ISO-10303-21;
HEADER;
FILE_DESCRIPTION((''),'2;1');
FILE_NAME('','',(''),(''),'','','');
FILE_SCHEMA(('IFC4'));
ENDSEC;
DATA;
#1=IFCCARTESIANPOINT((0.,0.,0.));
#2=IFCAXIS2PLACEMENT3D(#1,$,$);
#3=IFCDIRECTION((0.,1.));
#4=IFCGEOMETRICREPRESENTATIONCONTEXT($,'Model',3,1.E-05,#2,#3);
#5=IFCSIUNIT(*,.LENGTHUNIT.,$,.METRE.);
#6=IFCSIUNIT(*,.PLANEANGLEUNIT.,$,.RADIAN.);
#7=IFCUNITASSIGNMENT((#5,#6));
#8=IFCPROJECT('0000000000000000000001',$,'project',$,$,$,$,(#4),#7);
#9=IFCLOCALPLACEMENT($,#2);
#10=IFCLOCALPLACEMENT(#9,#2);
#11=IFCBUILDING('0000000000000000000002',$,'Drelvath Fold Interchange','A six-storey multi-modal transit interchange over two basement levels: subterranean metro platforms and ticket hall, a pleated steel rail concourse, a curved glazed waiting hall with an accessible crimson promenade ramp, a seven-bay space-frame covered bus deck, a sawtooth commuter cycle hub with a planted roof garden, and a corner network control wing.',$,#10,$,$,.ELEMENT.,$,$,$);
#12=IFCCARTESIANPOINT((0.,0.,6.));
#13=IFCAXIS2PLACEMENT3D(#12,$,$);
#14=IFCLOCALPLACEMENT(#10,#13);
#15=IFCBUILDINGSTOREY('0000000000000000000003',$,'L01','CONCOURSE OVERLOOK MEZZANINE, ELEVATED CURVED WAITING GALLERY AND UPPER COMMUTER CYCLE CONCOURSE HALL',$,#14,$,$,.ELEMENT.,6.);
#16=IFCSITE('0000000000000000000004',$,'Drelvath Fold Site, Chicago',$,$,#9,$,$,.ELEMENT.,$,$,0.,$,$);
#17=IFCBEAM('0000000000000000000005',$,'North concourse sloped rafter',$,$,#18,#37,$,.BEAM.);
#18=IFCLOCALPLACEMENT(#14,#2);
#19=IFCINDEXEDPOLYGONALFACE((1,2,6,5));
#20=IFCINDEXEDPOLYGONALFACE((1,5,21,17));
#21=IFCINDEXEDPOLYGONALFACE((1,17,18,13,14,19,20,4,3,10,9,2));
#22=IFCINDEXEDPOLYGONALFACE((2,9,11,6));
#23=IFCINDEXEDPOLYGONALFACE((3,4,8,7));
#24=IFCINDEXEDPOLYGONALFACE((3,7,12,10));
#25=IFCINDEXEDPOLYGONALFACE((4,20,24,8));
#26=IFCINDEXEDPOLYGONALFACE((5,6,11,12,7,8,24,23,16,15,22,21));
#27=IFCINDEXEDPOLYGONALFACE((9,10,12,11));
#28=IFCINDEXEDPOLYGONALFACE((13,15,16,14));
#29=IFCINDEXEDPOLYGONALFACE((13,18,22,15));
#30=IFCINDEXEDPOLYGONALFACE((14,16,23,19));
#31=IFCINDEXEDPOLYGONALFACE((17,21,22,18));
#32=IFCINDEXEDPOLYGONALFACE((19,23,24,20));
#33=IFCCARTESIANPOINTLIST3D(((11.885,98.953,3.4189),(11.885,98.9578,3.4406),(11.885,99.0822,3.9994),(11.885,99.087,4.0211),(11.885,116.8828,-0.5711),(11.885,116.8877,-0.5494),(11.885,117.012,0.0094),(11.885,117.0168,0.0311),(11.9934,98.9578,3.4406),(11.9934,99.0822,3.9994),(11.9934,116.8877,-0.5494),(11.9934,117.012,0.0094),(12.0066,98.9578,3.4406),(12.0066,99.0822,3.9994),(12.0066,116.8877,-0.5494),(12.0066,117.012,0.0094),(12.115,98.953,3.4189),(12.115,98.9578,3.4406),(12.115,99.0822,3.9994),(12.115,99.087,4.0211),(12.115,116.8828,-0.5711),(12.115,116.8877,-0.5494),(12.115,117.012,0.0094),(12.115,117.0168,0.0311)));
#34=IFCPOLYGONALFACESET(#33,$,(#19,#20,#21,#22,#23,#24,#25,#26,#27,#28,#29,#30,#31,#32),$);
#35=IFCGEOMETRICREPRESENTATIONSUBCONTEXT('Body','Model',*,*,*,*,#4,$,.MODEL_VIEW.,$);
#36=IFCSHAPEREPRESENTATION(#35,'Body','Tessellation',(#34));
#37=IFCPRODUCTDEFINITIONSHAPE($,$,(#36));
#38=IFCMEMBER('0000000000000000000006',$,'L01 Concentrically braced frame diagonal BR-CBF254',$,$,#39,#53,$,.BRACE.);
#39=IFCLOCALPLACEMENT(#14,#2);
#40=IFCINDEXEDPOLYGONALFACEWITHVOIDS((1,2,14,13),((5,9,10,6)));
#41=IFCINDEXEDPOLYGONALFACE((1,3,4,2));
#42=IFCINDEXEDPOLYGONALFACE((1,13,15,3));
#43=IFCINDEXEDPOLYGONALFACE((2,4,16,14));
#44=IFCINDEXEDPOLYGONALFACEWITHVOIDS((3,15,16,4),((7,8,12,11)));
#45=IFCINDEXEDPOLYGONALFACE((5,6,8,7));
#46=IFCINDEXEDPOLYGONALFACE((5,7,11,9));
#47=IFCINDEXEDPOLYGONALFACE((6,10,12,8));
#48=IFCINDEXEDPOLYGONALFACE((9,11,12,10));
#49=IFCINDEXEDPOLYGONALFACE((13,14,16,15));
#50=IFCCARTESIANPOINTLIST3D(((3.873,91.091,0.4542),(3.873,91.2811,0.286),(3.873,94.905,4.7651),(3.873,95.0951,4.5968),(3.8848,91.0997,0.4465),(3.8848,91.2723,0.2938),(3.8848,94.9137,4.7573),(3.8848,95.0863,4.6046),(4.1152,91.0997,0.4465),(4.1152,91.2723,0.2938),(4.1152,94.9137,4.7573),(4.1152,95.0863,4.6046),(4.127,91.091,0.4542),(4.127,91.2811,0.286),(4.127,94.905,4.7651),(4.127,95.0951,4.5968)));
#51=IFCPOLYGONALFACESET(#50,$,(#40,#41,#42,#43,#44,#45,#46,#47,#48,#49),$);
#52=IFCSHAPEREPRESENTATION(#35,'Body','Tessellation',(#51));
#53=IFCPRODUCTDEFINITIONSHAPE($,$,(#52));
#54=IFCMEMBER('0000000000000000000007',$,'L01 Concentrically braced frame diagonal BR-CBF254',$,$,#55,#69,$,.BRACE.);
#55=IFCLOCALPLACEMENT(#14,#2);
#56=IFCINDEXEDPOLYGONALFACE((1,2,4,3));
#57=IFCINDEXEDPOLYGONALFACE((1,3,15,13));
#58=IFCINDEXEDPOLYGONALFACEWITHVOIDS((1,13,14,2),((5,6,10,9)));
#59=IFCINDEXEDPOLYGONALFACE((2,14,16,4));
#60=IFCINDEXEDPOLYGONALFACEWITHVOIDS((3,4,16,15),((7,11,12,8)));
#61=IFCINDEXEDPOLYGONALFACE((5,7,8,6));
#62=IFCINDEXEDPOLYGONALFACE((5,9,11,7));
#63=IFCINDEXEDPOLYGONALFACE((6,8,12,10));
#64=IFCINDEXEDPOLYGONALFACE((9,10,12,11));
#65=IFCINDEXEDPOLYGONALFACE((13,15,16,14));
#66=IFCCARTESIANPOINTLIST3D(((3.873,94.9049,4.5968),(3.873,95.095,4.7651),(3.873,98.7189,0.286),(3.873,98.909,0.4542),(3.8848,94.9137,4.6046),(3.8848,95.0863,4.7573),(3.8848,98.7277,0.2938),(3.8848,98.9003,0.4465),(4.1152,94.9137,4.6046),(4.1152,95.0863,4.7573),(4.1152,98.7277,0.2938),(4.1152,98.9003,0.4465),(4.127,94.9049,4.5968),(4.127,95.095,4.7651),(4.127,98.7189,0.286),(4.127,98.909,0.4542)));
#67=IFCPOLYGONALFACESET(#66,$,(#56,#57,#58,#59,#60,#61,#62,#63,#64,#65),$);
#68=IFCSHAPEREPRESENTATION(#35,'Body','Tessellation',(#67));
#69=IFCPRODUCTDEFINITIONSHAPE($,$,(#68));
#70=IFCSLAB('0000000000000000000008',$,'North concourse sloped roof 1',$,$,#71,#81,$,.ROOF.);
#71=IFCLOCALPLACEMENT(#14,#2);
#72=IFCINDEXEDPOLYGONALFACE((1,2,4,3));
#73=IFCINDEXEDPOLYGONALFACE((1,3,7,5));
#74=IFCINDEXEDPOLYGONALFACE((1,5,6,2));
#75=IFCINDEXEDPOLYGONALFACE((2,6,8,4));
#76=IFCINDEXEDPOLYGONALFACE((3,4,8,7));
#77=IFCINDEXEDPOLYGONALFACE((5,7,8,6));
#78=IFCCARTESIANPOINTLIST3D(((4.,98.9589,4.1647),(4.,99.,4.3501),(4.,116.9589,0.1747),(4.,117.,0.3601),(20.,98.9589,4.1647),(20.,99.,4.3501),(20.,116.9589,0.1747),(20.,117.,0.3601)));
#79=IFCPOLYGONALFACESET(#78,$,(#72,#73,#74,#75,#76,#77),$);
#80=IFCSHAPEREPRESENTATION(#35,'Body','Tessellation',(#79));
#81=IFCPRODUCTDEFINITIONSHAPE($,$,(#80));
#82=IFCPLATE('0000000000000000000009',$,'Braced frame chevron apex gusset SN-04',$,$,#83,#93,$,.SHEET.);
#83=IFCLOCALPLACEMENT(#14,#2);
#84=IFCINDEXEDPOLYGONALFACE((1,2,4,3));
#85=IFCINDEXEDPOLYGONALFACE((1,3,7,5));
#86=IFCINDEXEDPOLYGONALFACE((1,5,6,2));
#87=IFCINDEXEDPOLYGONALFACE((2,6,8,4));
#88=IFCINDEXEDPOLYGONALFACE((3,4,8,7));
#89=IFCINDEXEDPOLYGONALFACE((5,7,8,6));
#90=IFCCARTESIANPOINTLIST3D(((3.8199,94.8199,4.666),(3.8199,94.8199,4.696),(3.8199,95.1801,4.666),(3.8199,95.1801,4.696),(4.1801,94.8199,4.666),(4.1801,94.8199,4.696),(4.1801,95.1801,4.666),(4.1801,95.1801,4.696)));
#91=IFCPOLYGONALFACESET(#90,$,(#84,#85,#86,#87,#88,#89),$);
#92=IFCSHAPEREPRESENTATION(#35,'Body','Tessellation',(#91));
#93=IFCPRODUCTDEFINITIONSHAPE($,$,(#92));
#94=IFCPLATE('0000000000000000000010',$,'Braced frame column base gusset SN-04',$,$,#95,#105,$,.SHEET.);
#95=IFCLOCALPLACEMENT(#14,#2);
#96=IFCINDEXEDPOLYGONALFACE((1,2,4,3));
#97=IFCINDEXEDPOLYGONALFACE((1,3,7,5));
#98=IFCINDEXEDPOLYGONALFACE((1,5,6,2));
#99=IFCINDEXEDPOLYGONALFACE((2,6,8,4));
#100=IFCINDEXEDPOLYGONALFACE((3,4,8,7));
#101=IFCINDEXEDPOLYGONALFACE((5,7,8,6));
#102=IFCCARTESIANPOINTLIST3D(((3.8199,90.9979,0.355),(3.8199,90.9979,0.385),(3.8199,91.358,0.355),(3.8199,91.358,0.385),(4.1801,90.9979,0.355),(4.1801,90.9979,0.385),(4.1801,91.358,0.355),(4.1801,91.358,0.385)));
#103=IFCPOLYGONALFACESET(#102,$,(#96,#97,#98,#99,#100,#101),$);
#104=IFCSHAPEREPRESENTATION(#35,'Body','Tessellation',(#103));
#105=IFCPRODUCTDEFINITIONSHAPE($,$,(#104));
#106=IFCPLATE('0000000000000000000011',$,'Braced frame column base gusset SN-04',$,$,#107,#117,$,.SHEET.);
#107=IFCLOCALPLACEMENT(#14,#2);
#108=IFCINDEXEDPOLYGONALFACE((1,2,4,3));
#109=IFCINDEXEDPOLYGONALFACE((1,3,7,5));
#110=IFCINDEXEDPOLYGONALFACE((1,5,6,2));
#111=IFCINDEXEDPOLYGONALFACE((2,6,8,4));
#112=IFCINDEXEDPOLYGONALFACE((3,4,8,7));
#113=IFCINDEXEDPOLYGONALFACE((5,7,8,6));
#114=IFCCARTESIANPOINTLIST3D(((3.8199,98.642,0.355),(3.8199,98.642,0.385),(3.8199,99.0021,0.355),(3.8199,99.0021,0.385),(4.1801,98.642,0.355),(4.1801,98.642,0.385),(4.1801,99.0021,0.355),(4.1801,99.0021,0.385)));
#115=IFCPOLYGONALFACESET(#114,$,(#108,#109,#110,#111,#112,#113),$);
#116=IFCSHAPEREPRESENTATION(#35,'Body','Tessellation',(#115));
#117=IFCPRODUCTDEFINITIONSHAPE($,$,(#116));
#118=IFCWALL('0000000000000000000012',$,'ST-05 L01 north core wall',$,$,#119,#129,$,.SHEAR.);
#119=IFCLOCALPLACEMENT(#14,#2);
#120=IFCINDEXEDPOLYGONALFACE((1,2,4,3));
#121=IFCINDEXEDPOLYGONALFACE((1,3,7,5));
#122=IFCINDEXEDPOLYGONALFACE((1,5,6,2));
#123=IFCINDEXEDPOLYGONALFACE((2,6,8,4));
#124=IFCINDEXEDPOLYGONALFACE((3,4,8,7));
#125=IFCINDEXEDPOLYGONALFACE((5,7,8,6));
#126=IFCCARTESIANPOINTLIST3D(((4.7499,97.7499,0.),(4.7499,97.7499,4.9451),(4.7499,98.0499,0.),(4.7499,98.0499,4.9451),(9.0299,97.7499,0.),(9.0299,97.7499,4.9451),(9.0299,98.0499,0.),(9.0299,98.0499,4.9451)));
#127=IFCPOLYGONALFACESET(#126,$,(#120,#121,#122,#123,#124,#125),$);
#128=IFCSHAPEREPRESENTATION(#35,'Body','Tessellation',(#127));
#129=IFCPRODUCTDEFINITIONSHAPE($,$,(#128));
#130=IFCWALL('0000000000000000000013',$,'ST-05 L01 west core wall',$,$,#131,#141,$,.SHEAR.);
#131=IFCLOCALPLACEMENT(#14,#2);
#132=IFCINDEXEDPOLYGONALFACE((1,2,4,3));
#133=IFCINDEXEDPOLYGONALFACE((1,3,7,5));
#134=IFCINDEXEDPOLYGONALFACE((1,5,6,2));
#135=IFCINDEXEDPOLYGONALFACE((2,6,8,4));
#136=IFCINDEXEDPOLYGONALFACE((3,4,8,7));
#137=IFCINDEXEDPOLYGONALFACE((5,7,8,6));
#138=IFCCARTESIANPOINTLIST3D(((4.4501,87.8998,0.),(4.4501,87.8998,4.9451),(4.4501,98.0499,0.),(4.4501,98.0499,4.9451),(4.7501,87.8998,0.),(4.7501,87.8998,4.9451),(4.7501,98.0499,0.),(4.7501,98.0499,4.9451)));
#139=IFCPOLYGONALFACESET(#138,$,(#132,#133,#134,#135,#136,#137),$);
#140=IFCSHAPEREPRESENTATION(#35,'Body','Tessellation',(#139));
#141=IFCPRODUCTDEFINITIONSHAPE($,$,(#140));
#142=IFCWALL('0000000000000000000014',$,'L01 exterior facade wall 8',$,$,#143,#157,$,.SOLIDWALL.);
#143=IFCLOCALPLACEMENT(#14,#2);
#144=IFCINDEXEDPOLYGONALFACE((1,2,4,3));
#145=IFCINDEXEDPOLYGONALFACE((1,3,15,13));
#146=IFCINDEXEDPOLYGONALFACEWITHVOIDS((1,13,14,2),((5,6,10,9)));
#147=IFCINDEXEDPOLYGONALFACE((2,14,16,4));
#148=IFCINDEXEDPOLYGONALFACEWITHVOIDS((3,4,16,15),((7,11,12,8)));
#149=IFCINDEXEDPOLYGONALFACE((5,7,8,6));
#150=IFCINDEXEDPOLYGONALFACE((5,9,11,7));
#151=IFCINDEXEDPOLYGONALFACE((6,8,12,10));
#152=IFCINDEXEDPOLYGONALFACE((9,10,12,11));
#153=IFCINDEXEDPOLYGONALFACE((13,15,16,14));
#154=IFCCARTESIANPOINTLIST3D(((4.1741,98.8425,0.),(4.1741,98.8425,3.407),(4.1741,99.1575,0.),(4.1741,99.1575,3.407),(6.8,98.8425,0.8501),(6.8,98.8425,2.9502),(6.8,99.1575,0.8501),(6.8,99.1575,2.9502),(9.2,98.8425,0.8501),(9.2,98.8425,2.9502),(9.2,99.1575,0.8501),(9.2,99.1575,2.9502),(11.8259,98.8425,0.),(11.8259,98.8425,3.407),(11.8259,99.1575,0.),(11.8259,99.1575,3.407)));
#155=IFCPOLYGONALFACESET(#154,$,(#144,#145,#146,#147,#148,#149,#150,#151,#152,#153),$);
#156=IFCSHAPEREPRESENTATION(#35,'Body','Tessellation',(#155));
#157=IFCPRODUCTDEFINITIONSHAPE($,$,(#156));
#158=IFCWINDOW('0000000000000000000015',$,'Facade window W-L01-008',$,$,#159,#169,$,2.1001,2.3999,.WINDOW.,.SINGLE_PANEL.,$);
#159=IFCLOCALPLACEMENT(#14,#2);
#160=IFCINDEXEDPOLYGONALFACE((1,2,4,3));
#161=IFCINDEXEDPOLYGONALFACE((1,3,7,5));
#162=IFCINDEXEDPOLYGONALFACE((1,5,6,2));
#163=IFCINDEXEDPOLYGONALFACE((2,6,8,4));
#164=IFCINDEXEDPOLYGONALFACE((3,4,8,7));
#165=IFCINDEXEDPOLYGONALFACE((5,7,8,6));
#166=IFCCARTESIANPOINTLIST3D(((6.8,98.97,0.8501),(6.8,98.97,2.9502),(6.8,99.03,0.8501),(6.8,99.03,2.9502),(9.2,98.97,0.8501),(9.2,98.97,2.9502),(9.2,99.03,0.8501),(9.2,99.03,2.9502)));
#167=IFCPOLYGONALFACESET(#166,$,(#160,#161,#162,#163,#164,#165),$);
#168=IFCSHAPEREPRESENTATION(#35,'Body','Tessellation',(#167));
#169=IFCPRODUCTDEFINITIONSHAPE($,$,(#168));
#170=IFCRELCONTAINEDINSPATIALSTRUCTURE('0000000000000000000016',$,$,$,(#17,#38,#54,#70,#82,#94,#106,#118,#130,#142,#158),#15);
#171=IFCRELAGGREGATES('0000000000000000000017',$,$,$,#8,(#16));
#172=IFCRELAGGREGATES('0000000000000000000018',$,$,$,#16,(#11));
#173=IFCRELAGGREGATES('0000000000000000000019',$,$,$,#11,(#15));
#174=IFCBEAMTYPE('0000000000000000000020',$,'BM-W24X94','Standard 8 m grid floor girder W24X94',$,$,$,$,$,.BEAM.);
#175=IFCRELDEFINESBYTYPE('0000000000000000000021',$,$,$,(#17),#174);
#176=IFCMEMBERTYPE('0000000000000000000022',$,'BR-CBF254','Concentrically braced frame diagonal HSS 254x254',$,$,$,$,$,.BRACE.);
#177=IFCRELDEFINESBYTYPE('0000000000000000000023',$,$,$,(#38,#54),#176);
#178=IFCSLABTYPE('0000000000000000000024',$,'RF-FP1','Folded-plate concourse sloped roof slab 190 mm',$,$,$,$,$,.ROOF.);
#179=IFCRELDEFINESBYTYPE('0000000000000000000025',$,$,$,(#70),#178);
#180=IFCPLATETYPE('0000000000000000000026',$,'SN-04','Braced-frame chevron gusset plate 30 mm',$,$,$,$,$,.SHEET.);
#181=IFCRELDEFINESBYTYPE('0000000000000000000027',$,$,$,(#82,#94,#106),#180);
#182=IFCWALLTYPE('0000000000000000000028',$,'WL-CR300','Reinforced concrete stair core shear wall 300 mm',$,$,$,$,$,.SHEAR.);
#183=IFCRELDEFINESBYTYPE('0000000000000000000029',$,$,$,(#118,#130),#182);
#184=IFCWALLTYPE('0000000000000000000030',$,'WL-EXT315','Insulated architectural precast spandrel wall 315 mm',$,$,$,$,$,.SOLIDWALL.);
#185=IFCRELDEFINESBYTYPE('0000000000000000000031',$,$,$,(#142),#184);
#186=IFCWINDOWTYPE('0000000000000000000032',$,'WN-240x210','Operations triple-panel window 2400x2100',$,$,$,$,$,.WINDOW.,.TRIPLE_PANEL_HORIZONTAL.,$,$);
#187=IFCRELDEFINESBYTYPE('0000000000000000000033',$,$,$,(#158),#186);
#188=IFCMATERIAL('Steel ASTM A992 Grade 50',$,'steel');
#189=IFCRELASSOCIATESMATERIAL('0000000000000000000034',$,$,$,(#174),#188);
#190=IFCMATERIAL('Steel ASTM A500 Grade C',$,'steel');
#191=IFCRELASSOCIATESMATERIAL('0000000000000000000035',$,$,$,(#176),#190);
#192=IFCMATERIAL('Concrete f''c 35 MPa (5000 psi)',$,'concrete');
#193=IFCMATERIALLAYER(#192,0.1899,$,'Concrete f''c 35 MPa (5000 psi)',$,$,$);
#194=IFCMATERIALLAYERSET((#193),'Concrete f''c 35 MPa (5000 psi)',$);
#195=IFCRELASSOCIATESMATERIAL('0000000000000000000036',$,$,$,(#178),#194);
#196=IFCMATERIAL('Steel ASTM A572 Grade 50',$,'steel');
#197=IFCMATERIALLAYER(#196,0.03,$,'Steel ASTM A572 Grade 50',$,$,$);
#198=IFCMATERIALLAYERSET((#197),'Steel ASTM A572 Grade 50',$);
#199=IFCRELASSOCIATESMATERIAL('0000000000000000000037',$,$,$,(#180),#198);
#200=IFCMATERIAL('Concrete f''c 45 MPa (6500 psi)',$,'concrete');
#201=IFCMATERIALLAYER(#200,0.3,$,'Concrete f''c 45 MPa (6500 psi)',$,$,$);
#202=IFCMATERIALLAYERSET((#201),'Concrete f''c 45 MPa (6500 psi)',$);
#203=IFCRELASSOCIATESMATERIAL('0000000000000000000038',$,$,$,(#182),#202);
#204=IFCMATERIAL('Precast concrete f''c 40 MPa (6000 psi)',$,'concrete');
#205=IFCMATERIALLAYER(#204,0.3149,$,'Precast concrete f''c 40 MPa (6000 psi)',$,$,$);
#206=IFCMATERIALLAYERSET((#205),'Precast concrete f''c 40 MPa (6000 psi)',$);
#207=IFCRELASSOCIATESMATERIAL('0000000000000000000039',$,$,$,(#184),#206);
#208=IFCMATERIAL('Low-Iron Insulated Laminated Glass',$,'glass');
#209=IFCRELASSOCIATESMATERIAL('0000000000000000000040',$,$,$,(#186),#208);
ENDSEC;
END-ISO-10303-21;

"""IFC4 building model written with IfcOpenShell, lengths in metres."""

from ifc_helpers import new_model, si_unit, direction, frame, frame_2d, origin, origin_2d, place, context, subcontext, project, spatial, polyline, rectangle, hollow_rectangle, i_section, outline, extrude, material, layer, layer_set, material_profile, profile_set, type_object, element, fill, save


model = new_model("IFC4")

# Units and contexts
model_context = context("Model", 3, precision=1e-05, world=origin(), true_north=direction((0.0, 1.0)))
body_context = subcontext(model_context, "Body", "Model", "MODEL_VIEW")
ifc_project = project(units=[si_unit("LENGTHUNIT", "METRE"), si_unit("PLANEANGLEUNIT", "RADIAN")], contexts=[model_context])

# Site, building, storey
site_placement = place(None, origin())
site = spatial("IfcSite", under=ifc_project, at=site_placement, Name="Drelvath Fold Site, Chicago", CompositionType="ELEMENT", RefElevation=0.0)
building_placement = place(site_placement, origin())
building = spatial("IfcBuilding", under=site, at=building_placement, Name="Drelvath Fold Interchange", Description="A six-storey multi-modal transit interchange over two basement levels: subterranean metro platforms and ticket hall, a pleated steel rail concourse, a curved glazed waiting hall with an accessible crimson promenade ramp, a seven-bay space-frame covered bus deck, a sawtooth commuter cycle hub with a planted roof garden, and a corner network control wing.", CompositionType="ELEMENT")
storey_placement = place(building_placement, frame((0.0, 0.0, 6.0)))
storey = spatial("IfcBuildingStorey", under=building, at=storey_placement, Name="L01", Description="CONCOURSE OVERLOOK MEZZANINE, ELEVATED CURVED WAITING GALLERY AND UPPER COMMUTER CYCLE CONCOURSE HALL", CompositionType="ELEMENT", Elevation=6.0)

# Shared definitions
ifc_material_1 = material(Name="Steel ASTM A500 Grade C", Category="steel")

# Beam
ifc_material_2 = material(Name="Steel ASTM A992 Grade 50", Category="steel")
ifc_material_profile_1 = material_profile(ifc_material_2, i_section(OverallWidth=0.23, OverallDepth=0.6169, WebThickness=0.0132, FlangeThickness=0.0222, at=origin_2d()), Name="W24X94")
ifc_profile_set_1 = profile_set([ifc_material_profile_1], Name="Steel ASTM A992 Grade 50")
beam_type_1 = type_object("IfcBeamType", Name="BM-W24X94", Description="Standard 8 m grid floor girder W24X94", PredefinedType="BEAM", material=ifc_profile_set_1)
for number, where, z_axis, x_axis, name in (
    (1, (12.0, 99.02, 3.72), (0.0, 0.976123, -0.217219), (-1.0, 0.0, 0.0), "North concourse sloped rafter"),
):
    element("IfcBeam", number, at=place(storey_placement, frame(where, z_axis=z_axis, x_axis=x_axis)), inside=storey, type_object=beam_type_1, Name=name, PredefinedType="BEAM", context=body_context, shape_type="SweptSolid", body=[
        extrude(i_section(OverallWidth=0.23, OverallDepth=0.6169, WebThickness=0.0132, FlangeThickness=0.0222, at=origin_2d()), origin(), (0.0, 0.0, 1.0), 18.3684),
    ])

# Members
ifc_material_profile_2 = material_profile(ifc_material_1, hollow_rectangle(XDim=0.2539, YDim=0.2539, WallThickness=0.0117, at=origin_2d()), Name="HSS10X10X1/2")
ifc_profile_set_2 = profile_set([ifc_material_profile_2], Name="Steel ASTM A500 Grade C")
member_type = type_object("IfcMemberType", Name="BR-CBF254", Description="Concentrically braced frame diagonal HSS 254x254", PredefinedType="BRACE", material=ifc_profile_set_2)
for number, where, z_axis, x_axis, name in (
    (2, (4.0, 91.186, 0.3701), (0.0, 0.66263, 0.748947), (-1.0, 0.0, 0.0), "L01 Concentrically braced frame diagonal BR-CBF254"),
    (3, (4.0, 98.814, 0.3701), (0.0, -0.66263, 0.748947), (1.0, 0.0, 0.0), "L01 Concentrically braced frame diagonal BR-CBF254"),
):
    element("IfcMember", number, at=place(storey_placement, frame(where, z_axis=z_axis, x_axis=x_axis)), inside=storey, type_object=member_type, Name=name, PredefinedType="BRACE", context=body_context, shape_type="SweptSolid", body=[
        extrude(hollow_rectangle(XDim=0.2539, YDim=0.2539, WallThickness=0.0117, at=origin_2d()), origin(), (0.0, 0.0, 1.0), 5.7559),
    ])

# Slab
ifc_material_3 = material(Name="Concrete f'c 35 MPa (5000 psi)", Category="concrete")
ifc_layer_1 = layer(ifc_material_3, 0.1899, Name="Concrete f'c 35 MPa (5000 psi)")
ifc_layer_set_1 = layer_set([ifc_layer_1], Name="Concrete f'c 35 MPa (5000 psi)")
slab_type = type_object("IfcSlabType", Name="RF-FP1", Description="Folded-plate concourse sloped roof slab 190 mm", PredefinedType="ROOF", material=ifc_layer_set_1)
slab_placement = place(storey_placement, frame((4.0, 99.0, 4.3501), z_axis=(0.0, 0.216413, 0.976302), x_axis=(1.0, 0.0, 0.0)))
element("IfcSlab", 4, at=slab_placement, inside=storey, type_object=slab_type, Name="North concourse sloped roof 1", PredefinedType="ROOF", context=body_context, shape_type="SweptSolid", body=[
    extrude(outline(polyline([(0.0, 0.0), (16.0, 0.0), (16.0, 18.4369), (0.0, 18.4369), (0.0, 0.0)])), origin(), (0.0, 0.0, -1.0), 0.1899),
])

# Plates
ifc_material_4 = material(Name="Steel ASTM A572 Grade 50", Category="steel")
ifc_layer_2 = layer(ifc_material_4, 0.03, Name="Steel ASTM A572 Grade 50")
ifc_layer_set_2 = layer_set([ifc_layer_2], Name="Steel ASTM A572 Grade 50")
plate_type = type_object("IfcPlateType", Name="SN-04", Description="Braced-frame chevron gusset plate 30 mm", PredefinedType="SHEET", material=ifc_layer_set_2)
for number, where, z_axis, x_axis, name in (
    (5, (4.0, 95.0, 4.666), (0.0, 0.0, 1.0), (1.0, 0.0, 0.0), "Braced frame chevron apex gusset SN-04"),
    (6, (4.0, 91.178, 0.355), (0.0, 0.0, 1.0), (1.0, 0.0, 0.0), "Braced frame column base gusset SN-04"),
    (7, (4.0, 98.822, 0.355), (0.0, 0.0, 1.0), (1.0, 0.0, 0.0), "Braced frame column base gusset SN-04"),
):
    element("IfcPlate", number, at=place(storey_placement, frame(where, z_axis=z_axis, x_axis=x_axis)), inside=storey, type_object=plate_type, Name=name, PredefinedType="SHEET", context=body_context, shape_type="SweptSolid", body=[
        extrude(rectangle(XDim=0.3601, YDim=0.3601, at=origin_2d()), origin(), (0.0, 0.0, 1.0), 0.03),
    ])

# Walls
ifc_material_5 = material(Name="Concrete f'c 45 MPa (6500 psi)", Category="concrete")
ifc_layer_3 = layer(ifc_material_5, 0.3, Name="Concrete f'c 45 MPa (6500 psi)")
ifc_layer_set_3 = layer_set([ifc_layer_3], Name="Concrete f'c 45 MPa (6500 psi)")
wall_type_1 = type_object("IfcWallType", Name="WL-CR300", Description="Reinforced concrete stair core shear wall 300 mm", PredefinedType="SHEAR", material=ifc_layer_set_3)
wall_1_placement = place(storey_placement, frame((9.03, 97.8999, 0.0), z_axis=(0.0, 0.0, 1.0), x_axis=(-1.0, 0.0, 0.0)))
element("IfcWall", 8, at=wall_1_placement, inside=storey, type_object=wall_type_1, Name="ST-05 L01 north core wall", PredefinedType="SHEAR", context=body_context, shape_type="SweptSolid", body=[
    extrude(rectangle(XDim=4.28, YDim=0.3, at=frame_2d((2.1401, 0.0))), origin(), (0.0, 0.0, 1.0), 4.9451),
])
wall_2_placement = place(storey_placement, frame((4.6001, 98.05, 0.0), z_axis=(0.0, 0.0, 1.0), x_axis=(0.0, -1.0, 0.0)))
element("IfcWall", 9, at=wall_2_placement, inside=storey, type_object=wall_type_1, Name="ST-05 L01 west core wall", PredefinedType="SHEAR", context=body_context, shape_type="SweptSolid", body=[
    extrude(rectangle(XDim=10.1501, YDim=0.3, at=frame_2d((5.0752, 0.0))), origin(), (0.0, 0.0, 1.0), 4.9451),
])

# Wall, opening, window
ifc_material_6 = material(Name="Precast concrete f'c 40 MPa (6000 psi)", Category="concrete")
ifc_layer_4 = layer(ifc_material_6, 0.3149, Name="Precast concrete f'c 40 MPa (6000 psi)")
ifc_layer_set_4 = layer_set([ifc_layer_4], Name="Precast concrete f'c 40 MPa (6000 psi)")
wall_type_2 = type_object("IfcWallType", Name="WL-EXT315", Description="Insulated architectural precast spandrel wall 315 mm", PredefinedType="SOLIDWALL", material=ifc_layer_set_4)
wall_3_placement = place(storey_placement, frame((4.1741, 99.0, 0.0), z_axis=(0.0, 0.0, 1.0), x_axis=(1.0, 0.0, 0.0)))
wall_3 = element("IfcWall", 10, at=wall_3_placement, inside=storey, type_object=wall_type_2, Name="L01 exterior facade wall 8", PredefinedType="SOLIDWALL", context=body_context, shape_type="SweptSolid", body=[
    extrude(rectangle(XDim=7.6519, YDim=0.3149, at=frame_2d((3.8259, 0.0))), origin(), (0.0, 0.0, 1.0), 3.407),
])
opening_placement = place(wall_3_placement, frame((2.626, 0.0, 0.8501)))
opening = element("IfcOpeningElement", 11, at=opening_placement, cuts=wall_3, PredefinedType="OPENING", context=body_context, shape_type="SweptSolid", body=[
    extrude(rectangle(XDim=2.3999, YDim=2.1001, at=frame_2d((1.2, 1.05))), frame((0.0, 0.1675, 0.0), z_axis=(0.0, -1.0, 0.0), x_axis=(1.0, 0.0, 0.0)), (0.0, 0.0, 1.0), 0.335),
])
ifc_material_7 = material(Name="Low-Iron Insulated Laminated Glass", Category="glass")
window_type = type_object("IfcWindowType", Name="WN-240x210", Description="Operations triple-panel window 2400x2100", PartitioningType="TRIPLE_PANEL_HORIZONTAL", PredefinedType="WINDOW", material=ifc_material_7)
window_placement = place(opening_placement, origin())
window = element("IfcWindow", 12, at=window_placement, inside=storey, type_object=window_type, Name="Facade window W-L01-008", OverallHeight=2.1001, OverallWidth=2.3999, PartitioningType="SINGLE_PANEL", PredefinedType="WINDOW", context=body_context, shape_type="SweptSolid", body=[
    extrude(rectangle(XDim=2.3999, YDim=2.1001, at=frame_2d((1.2, 1.05))), frame((0.0, 0.03, 0.0), z_axis=(0.0, -1.0, 0.0), x_axis=(1.0, 0.0, 0.0)), (0.0, 0.0, 1.0), 0.0601),
])
fill(opening, window)

save(model, "model.ifc")
